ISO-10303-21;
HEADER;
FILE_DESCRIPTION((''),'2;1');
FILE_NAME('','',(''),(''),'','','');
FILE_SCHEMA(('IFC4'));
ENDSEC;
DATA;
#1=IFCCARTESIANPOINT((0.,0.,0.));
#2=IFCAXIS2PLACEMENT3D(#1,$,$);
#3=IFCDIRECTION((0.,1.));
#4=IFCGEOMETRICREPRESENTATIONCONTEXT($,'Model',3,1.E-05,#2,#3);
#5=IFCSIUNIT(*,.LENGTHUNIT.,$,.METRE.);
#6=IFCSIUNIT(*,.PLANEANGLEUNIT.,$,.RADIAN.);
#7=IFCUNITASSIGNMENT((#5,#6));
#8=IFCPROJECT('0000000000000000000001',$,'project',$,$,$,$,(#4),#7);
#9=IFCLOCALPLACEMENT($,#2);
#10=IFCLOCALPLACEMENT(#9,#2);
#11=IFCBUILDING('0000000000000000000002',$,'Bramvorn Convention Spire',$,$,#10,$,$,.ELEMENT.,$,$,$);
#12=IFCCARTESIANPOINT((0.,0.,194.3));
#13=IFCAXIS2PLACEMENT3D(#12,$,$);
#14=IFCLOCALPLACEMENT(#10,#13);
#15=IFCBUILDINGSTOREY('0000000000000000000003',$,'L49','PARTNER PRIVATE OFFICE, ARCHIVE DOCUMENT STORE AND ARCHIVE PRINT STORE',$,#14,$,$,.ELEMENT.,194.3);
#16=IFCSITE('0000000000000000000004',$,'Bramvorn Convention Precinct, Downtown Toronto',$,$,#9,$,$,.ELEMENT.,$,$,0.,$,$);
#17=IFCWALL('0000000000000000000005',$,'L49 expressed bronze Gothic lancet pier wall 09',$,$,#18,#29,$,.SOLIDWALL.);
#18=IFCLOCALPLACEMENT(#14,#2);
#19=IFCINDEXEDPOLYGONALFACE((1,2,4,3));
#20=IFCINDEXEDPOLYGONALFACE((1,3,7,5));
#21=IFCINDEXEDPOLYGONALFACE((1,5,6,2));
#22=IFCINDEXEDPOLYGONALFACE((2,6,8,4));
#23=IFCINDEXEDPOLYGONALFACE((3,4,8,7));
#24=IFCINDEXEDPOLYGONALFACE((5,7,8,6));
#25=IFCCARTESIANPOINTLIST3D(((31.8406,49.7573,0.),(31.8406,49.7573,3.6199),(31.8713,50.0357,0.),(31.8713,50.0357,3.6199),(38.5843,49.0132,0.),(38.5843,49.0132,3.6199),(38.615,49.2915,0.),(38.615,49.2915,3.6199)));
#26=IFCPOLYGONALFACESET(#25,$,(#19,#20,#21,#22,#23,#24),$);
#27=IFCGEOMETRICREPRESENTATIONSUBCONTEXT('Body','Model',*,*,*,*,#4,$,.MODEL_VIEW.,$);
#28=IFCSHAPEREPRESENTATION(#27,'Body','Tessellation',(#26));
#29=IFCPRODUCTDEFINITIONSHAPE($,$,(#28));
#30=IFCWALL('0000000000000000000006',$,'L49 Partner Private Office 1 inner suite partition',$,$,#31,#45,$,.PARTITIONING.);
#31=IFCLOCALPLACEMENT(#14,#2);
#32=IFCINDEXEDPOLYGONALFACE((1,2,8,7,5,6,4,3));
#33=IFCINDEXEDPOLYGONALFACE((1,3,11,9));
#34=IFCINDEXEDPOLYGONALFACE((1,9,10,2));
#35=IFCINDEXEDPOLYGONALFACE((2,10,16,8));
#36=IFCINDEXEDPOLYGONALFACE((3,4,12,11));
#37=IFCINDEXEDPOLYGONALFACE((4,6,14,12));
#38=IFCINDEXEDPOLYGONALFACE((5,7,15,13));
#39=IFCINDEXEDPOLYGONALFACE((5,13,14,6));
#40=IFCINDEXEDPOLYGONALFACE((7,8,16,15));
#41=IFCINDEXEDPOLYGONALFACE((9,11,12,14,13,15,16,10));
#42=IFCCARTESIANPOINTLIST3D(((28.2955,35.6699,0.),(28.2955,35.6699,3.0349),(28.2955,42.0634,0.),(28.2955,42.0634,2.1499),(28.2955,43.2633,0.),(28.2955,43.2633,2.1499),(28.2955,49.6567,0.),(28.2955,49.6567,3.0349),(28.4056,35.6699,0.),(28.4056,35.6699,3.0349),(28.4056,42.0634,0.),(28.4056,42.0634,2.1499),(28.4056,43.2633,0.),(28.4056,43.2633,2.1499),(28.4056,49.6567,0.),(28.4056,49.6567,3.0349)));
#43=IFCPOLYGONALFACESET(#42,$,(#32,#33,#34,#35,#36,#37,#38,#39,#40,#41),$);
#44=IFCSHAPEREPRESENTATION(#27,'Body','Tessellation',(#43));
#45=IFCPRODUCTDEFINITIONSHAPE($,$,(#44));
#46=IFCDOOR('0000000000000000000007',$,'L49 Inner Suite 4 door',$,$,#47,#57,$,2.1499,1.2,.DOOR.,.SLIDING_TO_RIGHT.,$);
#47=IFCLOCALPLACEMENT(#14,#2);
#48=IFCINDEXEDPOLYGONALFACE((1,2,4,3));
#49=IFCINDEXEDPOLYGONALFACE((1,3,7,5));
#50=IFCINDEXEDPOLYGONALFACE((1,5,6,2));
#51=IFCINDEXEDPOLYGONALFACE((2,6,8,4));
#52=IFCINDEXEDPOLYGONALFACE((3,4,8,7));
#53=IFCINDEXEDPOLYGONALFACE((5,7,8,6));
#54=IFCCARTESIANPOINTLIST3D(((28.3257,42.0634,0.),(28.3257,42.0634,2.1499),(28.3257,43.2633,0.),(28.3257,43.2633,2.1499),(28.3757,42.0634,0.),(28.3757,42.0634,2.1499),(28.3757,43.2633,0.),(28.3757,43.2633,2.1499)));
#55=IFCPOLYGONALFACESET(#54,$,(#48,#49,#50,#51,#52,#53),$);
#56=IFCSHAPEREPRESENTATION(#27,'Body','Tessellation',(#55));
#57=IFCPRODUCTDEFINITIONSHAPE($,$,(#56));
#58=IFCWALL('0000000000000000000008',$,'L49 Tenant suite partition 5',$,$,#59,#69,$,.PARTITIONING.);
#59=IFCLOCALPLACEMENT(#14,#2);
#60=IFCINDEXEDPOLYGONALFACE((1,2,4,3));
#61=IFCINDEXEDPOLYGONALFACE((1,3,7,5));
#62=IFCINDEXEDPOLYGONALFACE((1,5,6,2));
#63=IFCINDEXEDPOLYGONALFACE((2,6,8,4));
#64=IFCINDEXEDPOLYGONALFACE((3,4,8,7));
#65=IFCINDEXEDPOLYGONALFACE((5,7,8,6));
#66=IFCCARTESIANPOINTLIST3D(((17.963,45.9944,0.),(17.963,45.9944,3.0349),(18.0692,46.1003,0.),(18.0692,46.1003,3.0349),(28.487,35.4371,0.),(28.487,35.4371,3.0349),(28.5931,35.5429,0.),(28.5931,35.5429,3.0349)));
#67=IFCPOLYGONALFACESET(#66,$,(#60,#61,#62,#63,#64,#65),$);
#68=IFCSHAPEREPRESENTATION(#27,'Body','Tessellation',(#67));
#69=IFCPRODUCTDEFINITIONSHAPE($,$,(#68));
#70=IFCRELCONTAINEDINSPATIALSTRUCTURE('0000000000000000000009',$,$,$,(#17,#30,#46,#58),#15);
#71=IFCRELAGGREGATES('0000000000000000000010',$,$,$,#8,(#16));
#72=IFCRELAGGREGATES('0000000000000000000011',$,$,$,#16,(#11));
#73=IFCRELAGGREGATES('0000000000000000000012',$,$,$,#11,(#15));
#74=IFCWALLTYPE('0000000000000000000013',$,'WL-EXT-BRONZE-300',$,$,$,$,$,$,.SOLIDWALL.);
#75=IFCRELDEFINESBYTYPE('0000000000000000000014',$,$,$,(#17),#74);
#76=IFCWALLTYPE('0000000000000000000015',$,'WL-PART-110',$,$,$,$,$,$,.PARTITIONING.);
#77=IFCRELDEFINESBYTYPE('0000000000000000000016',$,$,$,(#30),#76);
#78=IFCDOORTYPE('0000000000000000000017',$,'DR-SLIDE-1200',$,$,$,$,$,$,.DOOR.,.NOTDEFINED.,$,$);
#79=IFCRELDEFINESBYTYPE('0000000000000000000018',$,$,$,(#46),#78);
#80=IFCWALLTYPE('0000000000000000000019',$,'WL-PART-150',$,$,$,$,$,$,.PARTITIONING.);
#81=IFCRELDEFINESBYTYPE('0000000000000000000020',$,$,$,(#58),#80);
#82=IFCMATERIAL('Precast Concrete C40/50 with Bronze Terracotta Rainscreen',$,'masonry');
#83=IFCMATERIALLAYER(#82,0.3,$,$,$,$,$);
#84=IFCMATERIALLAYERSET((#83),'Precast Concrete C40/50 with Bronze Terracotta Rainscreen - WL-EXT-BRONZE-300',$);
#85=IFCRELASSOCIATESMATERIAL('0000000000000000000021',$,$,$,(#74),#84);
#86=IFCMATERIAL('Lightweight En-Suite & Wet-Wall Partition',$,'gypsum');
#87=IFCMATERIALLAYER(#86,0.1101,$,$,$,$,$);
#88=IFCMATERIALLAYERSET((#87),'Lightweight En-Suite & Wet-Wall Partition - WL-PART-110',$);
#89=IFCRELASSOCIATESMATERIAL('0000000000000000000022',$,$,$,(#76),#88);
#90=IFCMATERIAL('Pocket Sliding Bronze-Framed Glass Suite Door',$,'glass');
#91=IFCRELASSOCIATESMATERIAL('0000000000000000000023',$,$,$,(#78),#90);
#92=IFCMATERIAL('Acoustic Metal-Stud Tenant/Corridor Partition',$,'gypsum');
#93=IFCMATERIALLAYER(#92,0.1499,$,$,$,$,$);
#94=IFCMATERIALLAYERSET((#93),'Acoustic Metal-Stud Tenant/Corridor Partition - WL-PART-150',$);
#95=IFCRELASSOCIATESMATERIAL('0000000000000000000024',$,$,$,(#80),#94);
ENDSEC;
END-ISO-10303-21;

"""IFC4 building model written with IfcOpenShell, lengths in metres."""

from ifc_helpers import new_model, si_unit, direction, frame, frame_2d, origin, place, context, subcontext, project, spatial, rectangle, extrude, material, layer, layer_set, type_object, element, fill, save


model = new_model("IFC4")

# Units and contexts
model_context = context("Model", 3, precision=1e-05, world=origin(), true_north=direction((0.0, 1.0)))
body_context = subcontext(model_context, "Body", "Model", "MODEL_VIEW")
ifc_project = project(units=[si_unit("LENGTHUNIT", "METRE"), si_unit("PLANEANGLEUNIT", "RADIAN")], contexts=[model_context])

# Site, building, storey
site_placement = place(None, origin())
site = spatial("IfcSite", under=ifc_project, at=site_placement, Name="Bramvorn Convention Precinct, Downtown Toronto", CompositionType="ELEMENT", RefElevation=0.0)
building_placement = place(site_placement, origin())
building = spatial("IfcBuilding", under=site, at=building_placement, Name="Bramvorn Convention Spire", CompositionType="ELEMENT")
storey_placement = place(building_placement, frame((0.0, 0.0, 194.3)))
storey = spatial("IfcBuildingStorey", under=building, at=storey_placement, Name="L49", Description="PARTNER PRIVATE OFFICE, ARCHIVE DOCUMENT STORE AND ARCHIVE PRINT STORE", CompositionType="ELEMENT", Elevation=194.3)

# Wall
ifc_material_1 = material(Name="Precast Concrete C40/50 with Bronze Terracotta Rainscreen", Category="masonry")
ifc_layer_1 = layer(ifc_material_1, 0.3)
ifc_layer_set_1 = layer_set([ifc_layer_1], Name="Precast Concrete C40/50 with Bronze Terracotta Rainscreen - WL-EXT-BRONZE-300")
wall_type_1 = type_object("IfcWallType", Name="WL-EXT-BRONZE-300", PredefinedType="SOLIDWALL", material=ifc_layer_set_1)
wall_1_placement = place(storey_placement, frame((31.856, 49.8965, 0.0), z_axis=(0.0, 0.0, 1.0), x_axis=(0.993967, -0.109681, 0.0)))
element("IfcWall", 1, at=wall_1_placement, inside=storey, type_object=wall_type_1, Name="L49 expressed bronze Gothic lancet pier wall 09", PredefinedType="SOLIDWALL", context=body_context, shape_type="SweptSolid", body=[
    extrude(rectangle(XDim=6.7847, YDim=0.28, at=frame_2d((3.3923, 0.0))), origin(), (0.0, 0.0, 1.0), 3.6199),
])

# Wall, opening, door
ifc_material_2 = material(Name="Lightweight En-Suite & Wet-Wall Partition", Category="gypsum")
ifc_layer_2 = layer(ifc_material_2, 0.1101)
ifc_layer_set_2 = layer_set([ifc_layer_2], Name="Lightweight En-Suite & Wet-Wall Partition - WL-PART-110")
wall_type_2 = type_object("IfcWallType", Name="WL-PART-110", PredefinedType="PARTITIONING", material=ifc_layer_set_2)
wall_2_placement = place(storey_placement, frame((28.3506, 35.6699, 0.0), z_axis=(0.0, 0.0, 1.0), x_axis=(0.0, 1.0, 0.0)))
wall_2 = element("IfcWall", 2, at=wall_2_placement, inside=storey, type_object=wall_type_2, Name="L49 Partner Private Office 1 inner suite partition", PredefinedType="PARTITIONING", context=body_context, shape_type="SweptSolid", body=[
    extrude(rectangle(XDim=13.9868, YDim=0.1101, at=frame_2d((6.9934, 0.0))), origin(), (0.0, 0.0, 1.0), 3.0349),
])
opening_placement = place(wall_2_placement, frame((6.3933, 0.0, 0.0)))
opening = element("IfcOpeningElement", 3, at=opening_placement, cuts=wall_2, PredefinedType="OPENING", context=body_context, shape_type="SweptSolid", body=[
    extrude(rectangle(XDim=1.2, YDim=2.1499, at=frame_2d((0.6001, 1.075))), frame((0.0, 0.0649, 0.0), z_axis=(0.0, -1.0, 0.0), x_axis=(1.0, 0.0, 0.0)), (0.0, 0.0, 1.0), 0.1301),
])
ifc_material_3 = material(Name="Pocket Sliding Bronze-Framed Glass Suite Door", Category="glass")
door_type = type_object("IfcDoorType", Name="DR-SLIDE-1200", OperationType="NOTDEFINED", PredefinedType="DOOR", material=ifc_material_3)
door_placement = place(opening_placement, origin())
door = element("IfcDoor", 4, at=door_placement, inside=storey, type_object=door_type, Name="L49 Inner Suite 4 door", OperationType="SLIDING_TO_RIGHT", OverallHeight=2.1499, OverallWidth=1.2, PredefinedType="DOOR", context=body_context, shape_type="SweptSolid", body=[
    extrude(rectangle(XDim=1.2, YDim=2.1499, at=frame_2d((0.6001, 1.075))), frame((0.0, 0.0249, 0.0), z_axis=(0.0, -1.0, 0.0), x_axis=(1.0, 0.0, 0.0)), (0.0, 0.0, 1.0), 0.05),
])
fill(opening, door)

# Wall
ifc_material_4 = material(Name="Acoustic Metal-Stud Tenant/Corridor Partition", Category="gypsum")
ifc_layer_3 = layer(ifc_material_4, 0.1499)
ifc_layer_set_3 = layer_set([ifc_layer_3], Name="Acoustic Metal-Stud Tenant/Corridor Partition - WL-PART-150")
wall_type_3 = type_object("IfcWallType", Name="WL-PART-150", PredefinedType="PARTITIONING", material=ifc_layer_set_3)
wall_3_placement = place(storey_placement, frame((28.54, 35.49, 0.0), z_axis=(0.0, 0.0, 1.0), x_axis=(-0.705984, 0.708228, 0.0)))
element("IfcWall", 5, at=wall_3_placement, inside=storey, type_object=wall_type_3, Name="L49 Tenant suite partition 5", PredefinedType="PARTITIONING", context=body_context, shape_type="SweptSolid", body=[
    extrude(rectangle(XDim=14.9067, YDim=0.1499, at=frame_2d((7.4534, 0.0))), origin(), (0.0, 0.0, 1.0), 3.0349),
])

save(model, "model.ifc")
